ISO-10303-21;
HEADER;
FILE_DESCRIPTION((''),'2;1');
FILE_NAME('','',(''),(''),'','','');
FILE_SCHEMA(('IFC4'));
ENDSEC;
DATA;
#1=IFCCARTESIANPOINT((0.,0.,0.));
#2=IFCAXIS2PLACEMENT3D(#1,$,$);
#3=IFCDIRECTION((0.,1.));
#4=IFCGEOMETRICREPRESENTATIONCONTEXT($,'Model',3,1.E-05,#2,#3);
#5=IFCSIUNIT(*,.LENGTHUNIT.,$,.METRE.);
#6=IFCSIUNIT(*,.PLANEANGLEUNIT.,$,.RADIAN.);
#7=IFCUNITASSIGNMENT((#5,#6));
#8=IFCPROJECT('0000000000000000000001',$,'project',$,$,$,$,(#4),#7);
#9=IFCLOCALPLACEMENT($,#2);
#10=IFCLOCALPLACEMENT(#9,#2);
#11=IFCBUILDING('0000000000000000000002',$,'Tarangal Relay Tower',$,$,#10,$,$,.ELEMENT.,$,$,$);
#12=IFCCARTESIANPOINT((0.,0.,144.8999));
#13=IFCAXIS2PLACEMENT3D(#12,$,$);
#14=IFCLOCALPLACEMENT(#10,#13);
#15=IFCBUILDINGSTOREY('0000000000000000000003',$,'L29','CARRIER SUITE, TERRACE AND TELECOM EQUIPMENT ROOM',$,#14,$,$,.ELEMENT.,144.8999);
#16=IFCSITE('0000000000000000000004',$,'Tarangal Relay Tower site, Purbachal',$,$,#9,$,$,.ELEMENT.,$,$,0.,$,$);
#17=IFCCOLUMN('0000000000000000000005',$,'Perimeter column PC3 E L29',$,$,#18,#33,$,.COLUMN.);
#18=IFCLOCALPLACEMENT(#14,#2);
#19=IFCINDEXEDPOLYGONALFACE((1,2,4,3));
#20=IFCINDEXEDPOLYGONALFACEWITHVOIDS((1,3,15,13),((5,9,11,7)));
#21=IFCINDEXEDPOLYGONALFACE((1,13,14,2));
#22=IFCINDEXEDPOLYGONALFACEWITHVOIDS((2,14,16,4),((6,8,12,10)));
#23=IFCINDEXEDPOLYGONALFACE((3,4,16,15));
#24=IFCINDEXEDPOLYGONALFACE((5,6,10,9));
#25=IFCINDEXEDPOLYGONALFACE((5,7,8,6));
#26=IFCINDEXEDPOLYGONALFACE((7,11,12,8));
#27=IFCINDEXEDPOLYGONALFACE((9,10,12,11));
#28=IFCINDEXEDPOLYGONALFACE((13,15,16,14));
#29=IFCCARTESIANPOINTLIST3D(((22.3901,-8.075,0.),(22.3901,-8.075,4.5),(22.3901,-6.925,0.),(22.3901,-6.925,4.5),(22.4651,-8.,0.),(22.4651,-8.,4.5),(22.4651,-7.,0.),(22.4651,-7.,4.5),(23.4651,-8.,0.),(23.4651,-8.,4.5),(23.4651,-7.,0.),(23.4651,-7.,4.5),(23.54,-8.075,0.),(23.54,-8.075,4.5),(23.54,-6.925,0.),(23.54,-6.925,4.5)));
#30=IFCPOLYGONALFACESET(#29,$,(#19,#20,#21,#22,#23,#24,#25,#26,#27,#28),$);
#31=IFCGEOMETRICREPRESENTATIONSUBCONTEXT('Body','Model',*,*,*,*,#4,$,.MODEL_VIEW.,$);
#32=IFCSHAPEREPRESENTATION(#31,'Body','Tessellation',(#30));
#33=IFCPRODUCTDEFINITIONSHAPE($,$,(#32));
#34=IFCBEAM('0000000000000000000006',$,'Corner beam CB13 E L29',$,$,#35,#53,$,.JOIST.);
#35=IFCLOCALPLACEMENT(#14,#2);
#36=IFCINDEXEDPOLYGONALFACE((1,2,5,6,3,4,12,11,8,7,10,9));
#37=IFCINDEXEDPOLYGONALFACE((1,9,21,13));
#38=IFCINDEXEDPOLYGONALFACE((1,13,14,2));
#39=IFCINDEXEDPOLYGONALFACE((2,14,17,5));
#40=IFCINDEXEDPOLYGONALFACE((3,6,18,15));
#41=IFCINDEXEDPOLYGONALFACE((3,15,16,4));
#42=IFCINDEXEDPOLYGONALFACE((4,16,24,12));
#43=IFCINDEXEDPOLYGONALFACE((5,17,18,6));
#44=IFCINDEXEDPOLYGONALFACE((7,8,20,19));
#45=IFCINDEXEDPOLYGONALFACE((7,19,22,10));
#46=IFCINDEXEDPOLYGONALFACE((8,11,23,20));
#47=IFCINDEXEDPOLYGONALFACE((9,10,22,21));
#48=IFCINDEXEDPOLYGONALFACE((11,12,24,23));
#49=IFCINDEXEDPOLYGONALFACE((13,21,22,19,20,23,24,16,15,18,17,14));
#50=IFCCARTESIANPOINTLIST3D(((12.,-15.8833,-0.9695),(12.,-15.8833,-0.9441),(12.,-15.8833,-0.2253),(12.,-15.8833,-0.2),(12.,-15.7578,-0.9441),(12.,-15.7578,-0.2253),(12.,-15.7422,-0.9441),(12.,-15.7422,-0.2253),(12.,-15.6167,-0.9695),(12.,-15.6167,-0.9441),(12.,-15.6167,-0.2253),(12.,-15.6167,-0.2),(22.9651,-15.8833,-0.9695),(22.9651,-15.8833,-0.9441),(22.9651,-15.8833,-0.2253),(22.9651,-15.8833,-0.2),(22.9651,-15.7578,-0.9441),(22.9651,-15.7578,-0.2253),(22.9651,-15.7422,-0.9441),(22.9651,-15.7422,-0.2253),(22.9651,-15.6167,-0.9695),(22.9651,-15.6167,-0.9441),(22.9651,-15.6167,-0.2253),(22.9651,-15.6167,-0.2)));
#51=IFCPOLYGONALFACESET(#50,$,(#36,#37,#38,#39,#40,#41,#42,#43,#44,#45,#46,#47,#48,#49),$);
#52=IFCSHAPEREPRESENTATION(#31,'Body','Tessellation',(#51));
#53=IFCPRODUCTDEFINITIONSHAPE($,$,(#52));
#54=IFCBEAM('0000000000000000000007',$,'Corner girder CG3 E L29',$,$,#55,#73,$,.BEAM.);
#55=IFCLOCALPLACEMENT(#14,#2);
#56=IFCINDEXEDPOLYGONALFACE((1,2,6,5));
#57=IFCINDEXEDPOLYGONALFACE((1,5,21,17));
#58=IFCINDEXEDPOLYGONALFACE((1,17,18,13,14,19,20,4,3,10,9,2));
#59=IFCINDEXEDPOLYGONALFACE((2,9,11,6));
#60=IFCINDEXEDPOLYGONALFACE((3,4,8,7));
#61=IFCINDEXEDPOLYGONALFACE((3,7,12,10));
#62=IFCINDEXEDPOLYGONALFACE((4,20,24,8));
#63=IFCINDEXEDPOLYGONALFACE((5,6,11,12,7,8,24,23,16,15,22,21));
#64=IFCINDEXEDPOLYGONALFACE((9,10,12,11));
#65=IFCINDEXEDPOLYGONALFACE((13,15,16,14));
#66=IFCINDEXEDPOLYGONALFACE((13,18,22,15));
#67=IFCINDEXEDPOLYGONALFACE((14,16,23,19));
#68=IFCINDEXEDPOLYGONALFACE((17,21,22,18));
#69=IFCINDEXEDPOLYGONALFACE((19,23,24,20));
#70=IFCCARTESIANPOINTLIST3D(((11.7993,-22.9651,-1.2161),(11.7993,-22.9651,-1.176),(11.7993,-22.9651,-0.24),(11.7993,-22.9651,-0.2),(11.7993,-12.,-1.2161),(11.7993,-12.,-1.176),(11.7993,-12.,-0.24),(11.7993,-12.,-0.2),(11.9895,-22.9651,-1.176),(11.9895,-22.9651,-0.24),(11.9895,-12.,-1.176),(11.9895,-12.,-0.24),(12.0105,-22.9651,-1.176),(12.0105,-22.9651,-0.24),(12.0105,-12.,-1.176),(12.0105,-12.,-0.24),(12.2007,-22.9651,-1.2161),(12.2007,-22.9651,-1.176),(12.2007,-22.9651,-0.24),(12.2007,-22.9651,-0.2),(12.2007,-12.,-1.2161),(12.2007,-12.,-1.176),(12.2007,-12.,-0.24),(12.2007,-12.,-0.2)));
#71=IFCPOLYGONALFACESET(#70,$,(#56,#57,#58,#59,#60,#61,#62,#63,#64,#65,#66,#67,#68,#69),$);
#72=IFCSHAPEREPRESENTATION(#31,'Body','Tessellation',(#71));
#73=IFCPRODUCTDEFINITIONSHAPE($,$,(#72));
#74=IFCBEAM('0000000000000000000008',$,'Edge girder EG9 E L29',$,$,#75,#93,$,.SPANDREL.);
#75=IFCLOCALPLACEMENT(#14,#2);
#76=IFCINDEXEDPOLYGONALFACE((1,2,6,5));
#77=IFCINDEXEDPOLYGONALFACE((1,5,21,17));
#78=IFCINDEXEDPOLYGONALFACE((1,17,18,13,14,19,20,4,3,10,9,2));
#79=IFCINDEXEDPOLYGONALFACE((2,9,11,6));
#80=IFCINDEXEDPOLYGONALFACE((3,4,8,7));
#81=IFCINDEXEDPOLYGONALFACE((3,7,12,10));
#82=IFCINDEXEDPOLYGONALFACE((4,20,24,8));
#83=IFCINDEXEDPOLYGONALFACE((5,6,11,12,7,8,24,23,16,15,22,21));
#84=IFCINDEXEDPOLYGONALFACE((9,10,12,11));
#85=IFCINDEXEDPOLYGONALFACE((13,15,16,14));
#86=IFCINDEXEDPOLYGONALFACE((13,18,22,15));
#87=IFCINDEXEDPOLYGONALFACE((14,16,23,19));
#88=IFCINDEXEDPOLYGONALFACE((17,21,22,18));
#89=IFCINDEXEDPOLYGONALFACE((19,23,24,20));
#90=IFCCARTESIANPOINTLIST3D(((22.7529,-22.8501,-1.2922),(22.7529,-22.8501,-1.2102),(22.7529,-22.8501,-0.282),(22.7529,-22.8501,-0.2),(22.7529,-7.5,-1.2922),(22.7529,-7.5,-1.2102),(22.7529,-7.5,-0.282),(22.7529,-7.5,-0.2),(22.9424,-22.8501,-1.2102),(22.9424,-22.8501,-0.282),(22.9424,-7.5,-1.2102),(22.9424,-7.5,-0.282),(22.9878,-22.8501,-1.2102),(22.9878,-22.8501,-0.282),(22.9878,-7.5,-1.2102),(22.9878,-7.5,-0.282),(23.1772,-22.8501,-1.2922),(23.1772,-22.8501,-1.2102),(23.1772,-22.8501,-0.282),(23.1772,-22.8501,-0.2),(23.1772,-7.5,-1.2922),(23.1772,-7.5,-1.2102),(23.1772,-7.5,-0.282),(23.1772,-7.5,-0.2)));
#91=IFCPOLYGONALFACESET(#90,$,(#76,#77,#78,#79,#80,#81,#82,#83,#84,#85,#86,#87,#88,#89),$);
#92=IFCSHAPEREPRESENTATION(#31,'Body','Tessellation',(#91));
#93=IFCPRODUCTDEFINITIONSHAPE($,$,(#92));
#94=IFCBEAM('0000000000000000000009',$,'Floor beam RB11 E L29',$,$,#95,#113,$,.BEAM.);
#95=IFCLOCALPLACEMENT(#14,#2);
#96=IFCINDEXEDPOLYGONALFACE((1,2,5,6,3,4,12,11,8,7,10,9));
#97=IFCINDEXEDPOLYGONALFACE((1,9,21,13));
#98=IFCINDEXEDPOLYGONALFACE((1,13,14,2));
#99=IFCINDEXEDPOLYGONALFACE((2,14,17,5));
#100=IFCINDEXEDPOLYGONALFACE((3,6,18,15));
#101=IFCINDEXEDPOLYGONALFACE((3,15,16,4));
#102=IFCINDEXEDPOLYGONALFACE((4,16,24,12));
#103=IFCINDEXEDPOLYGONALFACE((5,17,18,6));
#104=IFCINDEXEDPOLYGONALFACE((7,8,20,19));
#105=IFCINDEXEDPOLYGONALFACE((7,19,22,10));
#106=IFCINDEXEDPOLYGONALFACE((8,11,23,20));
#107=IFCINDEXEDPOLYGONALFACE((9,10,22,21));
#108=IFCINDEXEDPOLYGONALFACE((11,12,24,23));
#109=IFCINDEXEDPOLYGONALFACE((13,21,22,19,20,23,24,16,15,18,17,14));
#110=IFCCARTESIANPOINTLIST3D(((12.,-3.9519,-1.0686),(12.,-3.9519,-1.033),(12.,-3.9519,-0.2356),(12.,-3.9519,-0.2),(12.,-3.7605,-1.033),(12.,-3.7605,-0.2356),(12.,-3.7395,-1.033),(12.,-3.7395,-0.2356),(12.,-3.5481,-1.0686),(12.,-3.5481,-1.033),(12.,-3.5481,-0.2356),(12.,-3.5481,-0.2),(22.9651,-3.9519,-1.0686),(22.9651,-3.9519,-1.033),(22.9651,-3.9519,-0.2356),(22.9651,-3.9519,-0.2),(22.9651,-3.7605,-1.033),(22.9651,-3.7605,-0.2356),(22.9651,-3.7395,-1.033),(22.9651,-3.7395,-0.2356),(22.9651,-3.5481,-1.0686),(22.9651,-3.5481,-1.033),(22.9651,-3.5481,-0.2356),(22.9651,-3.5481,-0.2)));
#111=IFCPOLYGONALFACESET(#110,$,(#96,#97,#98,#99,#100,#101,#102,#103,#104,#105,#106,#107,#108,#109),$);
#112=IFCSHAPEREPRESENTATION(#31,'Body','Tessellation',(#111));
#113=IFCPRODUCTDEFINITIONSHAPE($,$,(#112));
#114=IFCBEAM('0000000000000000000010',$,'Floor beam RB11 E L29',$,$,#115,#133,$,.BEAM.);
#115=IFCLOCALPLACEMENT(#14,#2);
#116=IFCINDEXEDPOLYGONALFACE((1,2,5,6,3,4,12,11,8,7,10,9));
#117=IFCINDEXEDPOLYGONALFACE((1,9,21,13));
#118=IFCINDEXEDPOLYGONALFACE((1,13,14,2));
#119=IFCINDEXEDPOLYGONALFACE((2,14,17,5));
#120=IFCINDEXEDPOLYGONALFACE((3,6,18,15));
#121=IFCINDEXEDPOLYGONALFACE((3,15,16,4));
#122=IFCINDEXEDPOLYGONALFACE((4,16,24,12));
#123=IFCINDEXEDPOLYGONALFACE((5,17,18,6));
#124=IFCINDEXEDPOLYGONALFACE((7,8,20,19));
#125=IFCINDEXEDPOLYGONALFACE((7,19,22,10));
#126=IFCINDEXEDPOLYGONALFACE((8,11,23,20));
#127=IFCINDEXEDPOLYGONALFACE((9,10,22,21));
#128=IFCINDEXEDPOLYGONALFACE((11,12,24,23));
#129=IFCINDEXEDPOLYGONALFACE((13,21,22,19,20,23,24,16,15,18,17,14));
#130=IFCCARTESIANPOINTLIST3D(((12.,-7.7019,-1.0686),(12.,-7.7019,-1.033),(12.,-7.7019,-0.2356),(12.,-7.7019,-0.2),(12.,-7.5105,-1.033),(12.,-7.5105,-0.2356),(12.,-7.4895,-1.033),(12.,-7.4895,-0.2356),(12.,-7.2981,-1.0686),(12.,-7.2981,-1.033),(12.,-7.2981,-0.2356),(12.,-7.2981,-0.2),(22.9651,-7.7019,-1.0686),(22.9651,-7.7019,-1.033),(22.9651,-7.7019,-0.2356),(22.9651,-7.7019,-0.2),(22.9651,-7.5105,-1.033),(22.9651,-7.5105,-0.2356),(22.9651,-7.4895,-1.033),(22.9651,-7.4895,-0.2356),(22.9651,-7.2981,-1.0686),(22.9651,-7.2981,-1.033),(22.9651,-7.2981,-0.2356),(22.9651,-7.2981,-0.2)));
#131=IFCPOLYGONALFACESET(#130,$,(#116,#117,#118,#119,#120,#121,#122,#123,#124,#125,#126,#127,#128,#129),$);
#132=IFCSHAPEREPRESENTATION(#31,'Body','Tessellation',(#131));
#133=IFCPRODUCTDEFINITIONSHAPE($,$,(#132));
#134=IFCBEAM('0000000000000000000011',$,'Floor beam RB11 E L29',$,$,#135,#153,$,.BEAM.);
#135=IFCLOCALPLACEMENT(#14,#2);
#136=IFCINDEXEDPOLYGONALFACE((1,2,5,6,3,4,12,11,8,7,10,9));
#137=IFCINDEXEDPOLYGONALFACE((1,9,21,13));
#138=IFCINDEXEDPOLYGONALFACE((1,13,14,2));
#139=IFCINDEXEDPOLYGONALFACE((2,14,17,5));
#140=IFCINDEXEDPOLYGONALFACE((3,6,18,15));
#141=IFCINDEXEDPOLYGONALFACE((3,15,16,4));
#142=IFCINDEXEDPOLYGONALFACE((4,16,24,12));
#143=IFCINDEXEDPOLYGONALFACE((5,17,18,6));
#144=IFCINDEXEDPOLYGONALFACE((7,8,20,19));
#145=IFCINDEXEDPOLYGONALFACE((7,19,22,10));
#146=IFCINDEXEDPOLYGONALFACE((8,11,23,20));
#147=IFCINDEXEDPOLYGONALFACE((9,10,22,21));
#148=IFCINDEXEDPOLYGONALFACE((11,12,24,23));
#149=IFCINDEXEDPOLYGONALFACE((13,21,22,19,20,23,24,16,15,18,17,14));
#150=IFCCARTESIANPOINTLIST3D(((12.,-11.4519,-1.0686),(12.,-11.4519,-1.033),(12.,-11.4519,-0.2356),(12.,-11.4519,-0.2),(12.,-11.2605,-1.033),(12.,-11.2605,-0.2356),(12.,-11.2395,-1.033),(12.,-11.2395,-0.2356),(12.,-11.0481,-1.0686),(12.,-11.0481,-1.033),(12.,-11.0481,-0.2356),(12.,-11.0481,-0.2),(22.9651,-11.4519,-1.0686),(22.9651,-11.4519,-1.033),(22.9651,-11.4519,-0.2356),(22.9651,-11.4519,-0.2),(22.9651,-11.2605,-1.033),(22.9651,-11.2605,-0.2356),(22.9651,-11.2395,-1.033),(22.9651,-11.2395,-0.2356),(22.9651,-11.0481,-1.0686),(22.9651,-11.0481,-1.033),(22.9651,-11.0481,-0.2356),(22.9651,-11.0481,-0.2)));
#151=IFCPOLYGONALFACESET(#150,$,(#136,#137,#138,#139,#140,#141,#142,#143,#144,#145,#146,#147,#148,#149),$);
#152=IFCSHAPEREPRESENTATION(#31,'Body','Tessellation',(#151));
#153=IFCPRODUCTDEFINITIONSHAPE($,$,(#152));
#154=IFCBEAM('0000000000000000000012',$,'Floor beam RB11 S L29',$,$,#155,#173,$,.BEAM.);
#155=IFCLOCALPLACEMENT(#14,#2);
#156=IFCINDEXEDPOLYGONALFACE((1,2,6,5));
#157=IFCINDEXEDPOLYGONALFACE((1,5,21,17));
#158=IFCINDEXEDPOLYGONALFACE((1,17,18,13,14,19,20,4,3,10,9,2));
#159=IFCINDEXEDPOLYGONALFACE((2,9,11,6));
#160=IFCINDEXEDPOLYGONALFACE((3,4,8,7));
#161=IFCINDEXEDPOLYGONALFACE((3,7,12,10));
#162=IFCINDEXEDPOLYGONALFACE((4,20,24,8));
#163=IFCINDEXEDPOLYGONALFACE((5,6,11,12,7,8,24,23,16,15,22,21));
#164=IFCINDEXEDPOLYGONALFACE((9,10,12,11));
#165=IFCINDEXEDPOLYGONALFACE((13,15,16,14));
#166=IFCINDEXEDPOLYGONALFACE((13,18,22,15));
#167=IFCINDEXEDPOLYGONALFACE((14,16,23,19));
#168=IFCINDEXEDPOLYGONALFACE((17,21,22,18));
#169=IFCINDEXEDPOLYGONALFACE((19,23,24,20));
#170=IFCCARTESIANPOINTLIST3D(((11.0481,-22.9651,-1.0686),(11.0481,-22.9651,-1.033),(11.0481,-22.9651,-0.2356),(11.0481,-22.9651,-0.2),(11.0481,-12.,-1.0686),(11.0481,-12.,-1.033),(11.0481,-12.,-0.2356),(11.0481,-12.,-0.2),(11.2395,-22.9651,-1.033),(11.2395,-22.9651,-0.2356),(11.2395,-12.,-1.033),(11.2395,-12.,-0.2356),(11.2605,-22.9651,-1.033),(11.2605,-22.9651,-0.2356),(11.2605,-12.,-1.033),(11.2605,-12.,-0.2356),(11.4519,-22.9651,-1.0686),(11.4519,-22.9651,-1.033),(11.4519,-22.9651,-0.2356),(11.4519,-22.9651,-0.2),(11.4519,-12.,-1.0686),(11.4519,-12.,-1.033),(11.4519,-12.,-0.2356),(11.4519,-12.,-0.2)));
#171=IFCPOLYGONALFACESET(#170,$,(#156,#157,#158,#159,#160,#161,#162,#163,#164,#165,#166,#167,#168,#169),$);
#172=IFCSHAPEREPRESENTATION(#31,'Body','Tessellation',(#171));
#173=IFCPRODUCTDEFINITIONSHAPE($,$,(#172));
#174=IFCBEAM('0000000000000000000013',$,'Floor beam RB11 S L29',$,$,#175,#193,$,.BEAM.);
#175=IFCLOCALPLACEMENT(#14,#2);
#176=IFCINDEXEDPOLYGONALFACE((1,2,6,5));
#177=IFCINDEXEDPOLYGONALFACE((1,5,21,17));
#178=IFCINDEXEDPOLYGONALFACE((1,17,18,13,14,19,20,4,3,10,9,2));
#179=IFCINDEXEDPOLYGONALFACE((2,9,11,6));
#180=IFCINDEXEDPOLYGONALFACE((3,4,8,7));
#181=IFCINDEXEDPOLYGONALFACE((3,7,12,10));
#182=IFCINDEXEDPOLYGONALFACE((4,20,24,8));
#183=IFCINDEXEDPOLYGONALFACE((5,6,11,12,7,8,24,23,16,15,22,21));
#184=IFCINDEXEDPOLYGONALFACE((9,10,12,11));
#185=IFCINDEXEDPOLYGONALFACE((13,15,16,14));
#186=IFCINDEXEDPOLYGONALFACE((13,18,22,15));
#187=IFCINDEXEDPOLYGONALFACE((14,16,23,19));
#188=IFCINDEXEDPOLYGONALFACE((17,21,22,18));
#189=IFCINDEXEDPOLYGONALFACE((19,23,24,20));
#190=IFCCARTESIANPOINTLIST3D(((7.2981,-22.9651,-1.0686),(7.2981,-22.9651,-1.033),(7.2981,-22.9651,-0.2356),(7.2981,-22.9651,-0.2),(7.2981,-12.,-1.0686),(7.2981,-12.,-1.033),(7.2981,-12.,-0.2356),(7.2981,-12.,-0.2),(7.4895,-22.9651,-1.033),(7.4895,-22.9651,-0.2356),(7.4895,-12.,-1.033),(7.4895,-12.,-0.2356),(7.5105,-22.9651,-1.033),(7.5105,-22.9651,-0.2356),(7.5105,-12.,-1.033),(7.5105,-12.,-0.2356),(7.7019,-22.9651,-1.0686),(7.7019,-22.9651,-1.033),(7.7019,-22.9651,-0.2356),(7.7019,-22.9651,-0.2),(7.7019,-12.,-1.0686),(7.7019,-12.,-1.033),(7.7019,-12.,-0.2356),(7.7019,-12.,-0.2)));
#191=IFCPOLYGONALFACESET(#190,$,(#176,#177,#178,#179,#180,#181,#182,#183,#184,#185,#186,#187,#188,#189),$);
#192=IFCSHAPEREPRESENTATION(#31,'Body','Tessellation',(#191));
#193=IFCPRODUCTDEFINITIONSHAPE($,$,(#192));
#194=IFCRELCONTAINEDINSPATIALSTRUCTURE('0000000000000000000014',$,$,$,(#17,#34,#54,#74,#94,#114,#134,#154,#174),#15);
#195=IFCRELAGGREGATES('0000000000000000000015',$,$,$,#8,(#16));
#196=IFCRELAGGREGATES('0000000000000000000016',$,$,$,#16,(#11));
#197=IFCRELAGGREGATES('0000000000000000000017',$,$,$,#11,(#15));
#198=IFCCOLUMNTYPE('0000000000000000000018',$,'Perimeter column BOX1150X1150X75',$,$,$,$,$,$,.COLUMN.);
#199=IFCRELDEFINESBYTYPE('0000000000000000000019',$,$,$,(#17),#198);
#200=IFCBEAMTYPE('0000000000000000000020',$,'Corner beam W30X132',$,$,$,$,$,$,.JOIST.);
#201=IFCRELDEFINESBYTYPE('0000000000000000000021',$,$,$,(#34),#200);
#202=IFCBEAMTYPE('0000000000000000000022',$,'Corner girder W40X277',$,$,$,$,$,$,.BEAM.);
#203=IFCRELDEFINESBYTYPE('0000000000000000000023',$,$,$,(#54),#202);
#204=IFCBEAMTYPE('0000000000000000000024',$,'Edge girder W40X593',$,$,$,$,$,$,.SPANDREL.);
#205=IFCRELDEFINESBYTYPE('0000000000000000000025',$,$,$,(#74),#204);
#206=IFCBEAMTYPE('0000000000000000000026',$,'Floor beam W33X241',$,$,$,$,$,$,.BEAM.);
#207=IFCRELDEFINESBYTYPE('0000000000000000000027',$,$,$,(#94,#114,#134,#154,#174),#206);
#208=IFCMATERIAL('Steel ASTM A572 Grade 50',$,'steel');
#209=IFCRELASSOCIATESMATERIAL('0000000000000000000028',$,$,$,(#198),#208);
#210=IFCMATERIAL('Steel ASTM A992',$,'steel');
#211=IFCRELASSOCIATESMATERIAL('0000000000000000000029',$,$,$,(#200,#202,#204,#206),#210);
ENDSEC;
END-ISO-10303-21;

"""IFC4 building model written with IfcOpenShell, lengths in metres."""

from ifc_helpers import new_model, si_unit, direction, frame, origin, origin_2d, place, context, subcontext, project, spatial, hollow_rectangle, i_section, extrude, material, material_profile, profile_set, type_object, element, save


model = new_model("IFC4")

# Units and contexts
model_context = context("Model", 3, precision=1e-05, world=origin(), true_north=direction((0.0, 1.0)))
body_context = subcontext(model_context, "Body", "Model", "MODEL_VIEW")
ifc_project = project(units=[si_unit("LENGTHUNIT", "METRE"), si_unit("PLANEANGLEUNIT", "RADIAN")], contexts=[model_context])

# Site, building, storey
site_placement = place(None, origin())
site = spatial("IfcSite", under=ifc_project, at=site_placement, Name="Tarangal Relay Tower site, Purbachal", CompositionType="ELEMENT", RefElevation=0.0)
building_placement = place(site_placement, origin())
building = spatial("IfcBuilding", under=site, at=building_placement, Name="Tarangal Relay Tower", CompositionType="ELEMENT")
storey_placement = place(building_placement, frame((0.0, 0.0, 144.8999)))
storey = spatial("IfcBuildingStorey", under=building, at=storey_placement, Name="L29", Description="CARRIER SUITE, TERRACE AND TELECOM EQUIPMENT ROOM", CompositionType="ELEMENT", Elevation=144.8999)

# Column
ifc_material_1 = material(Name="Steel ASTM A572 Grade 50", Category="steel")
ifc_material_profile_1 = material_profile(ifc_material_1, hollow_rectangle(XDim=1.1499, YDim=1.1499, WallThickness=0.075, at=origin_2d()), Name="BOX1150X1150X75")
ifc_profile_set_1 = profile_set([ifc_material_profile_1], Name="Steel ASTM A572 Grade 50")
column_type = type_object("IfcColumnType", Name="Perimeter column BOX1150X1150X75", PredefinedType="COLUMN", material=ifc_profile_set_1)
column_placement = place(storey_placement, frame((22.9651, -7.5, 0.0), z_axis=(0.0, 0.0, 1.0), x_axis=(1.0, 0.0, 0.0)))
element("IfcColumn", 1, at=column_placement, inside=storey, type_object=column_type, Name="Perimeter column PC3 E L29", PredefinedType="COLUMN", context=body_context, shape_type="SweptSolid", body=[
    extrude(hollow_rectangle(XDim=1.1499, YDim=1.1499, WallThickness=0.075, at=origin_2d()), origin(), (0.0, 0.0, 1.0), 4.5),
])

# Beams
ifc_material_2 = material(Name="Steel ASTM A992", Category="steel")
ifc_material_profile_2 = material_profile(ifc_material_2, i_section(OverallWidth=0.2666, OverallDepth=0.7695, WebThickness=0.0156, FlangeThickness=0.0254, at=origin_2d()), Name="W30X132")
ifc_profile_set_2 = profile_set([ifc_material_profile_2], Name="Steel ASTM A992")
beam_type_1 = type_object("IfcBeamType", Name="Corner beam W30X132", PredefinedType="JOIST", material=ifc_profile_set_2)
beam_1_placement = place(storey_placement, frame((12.0, -15.75, -0.5847), z_axis=(1.0, 0.0, 0.0), x_axis=(0.0, 1.0, 0.0)))
element("IfcBeam", 2, at=beam_1_placement, inside=storey, type_object=beam_type_1, Name="Corner beam CB13 E L29", PredefinedType="JOIST", context=body_context, shape_type="SweptSolid", body=[
    extrude(i_section(OverallWidth=0.2666, OverallDepth=0.7695, WebThickness=0.0156, FlangeThickness=0.0254, at=origin_2d()), origin(), (0.0, 0.0, 1.0), 10.9651),
])
ifc_material_profile_3 = material_profile(ifc_material_2, i_section(OverallWidth=0.4014, OverallDepth=1.0161, WebThickness=0.021, FlangeThickness=0.04, at=origin_2d()), Name="W40X277")
ifc_profile_set_3 = profile_set([ifc_material_profile_3], Name="Steel ASTM A992")
beam_type_2 = type_object("IfcBeamType", Name="Corner girder W40X277", PredefinedType="BEAM", material=ifc_profile_set_3)
beam_2_placement = place(storey_placement, frame((12.0, -12.0, -0.708), z_axis=(0.0, -1.0, 0.0), x_axis=(1.0, 0.0, 0.0)))
element("IfcBeam", 3, at=beam_2_placement, inside=storey, type_object=beam_type_2, Name="Corner girder CG3 E L29", PredefinedType="BEAM", context=body_context, shape_type="SweptSolid", body=[
    extrude(i_section(OverallWidth=0.4014, OverallDepth=1.0161, WebThickness=0.021, FlangeThickness=0.04, at=origin_2d()), origin(), (0.0, 0.0, 1.0), 10.9651),
])
ifc_material_profile_4 = material_profile(ifc_material_2, i_section(OverallWidth=0.4243, OverallDepth=1.0923, WebThickness=0.0454, FlangeThickness=0.082, at=origin_2d()), Name="W40X593")
ifc_profile_set_4 = profile_set([ifc_material_profile_4], Name="Steel ASTM A992")
beam_type_3 = type_object("IfcBeamType", Name="Edge girder W40X593", PredefinedType="SPANDREL", material=ifc_profile_set_4)
beam_3_placement = place(storey_placement, frame((22.9651, -7.5, -0.7461), z_axis=(0.0, -1.0, 0.0), x_axis=(1.0, 0.0, 0.0)))
element("IfcBeam", 4, at=beam_3_placement, inside=storey, type_object=beam_type_3, Name="Edge girder EG9 E L29", PredefinedType="SPANDREL", context=body_context, shape_type="SweptSolid", body=[
    extrude(i_section(OverallWidth=0.4243, OverallDepth=1.0923, WebThickness=0.0454, FlangeThickness=0.082, at=origin_2d()), origin(), (0.0, 0.0, 1.0), 15.3501),
])
ifc_material_profile_5 = material_profile(ifc_material_2, i_section(OverallWidth=0.4038, OverallDepth=0.8687, WebThickness=0.021, FlangeThickness=0.0356, at=origin_2d()), Name="W33X241")
ifc_profile_set_5 = profile_set([ifc_material_profile_5], Name="Steel ASTM A992")
beam_type_4 = type_object("IfcBeamType", Name="Floor beam W33X241", PredefinedType="BEAM", material=ifc_profile_set_5)
for number, where, z_axis, x_axis, name in (
    (5, (12.0, -3.75, -0.6343), (1.0, 0.0, 0.0), (0.0, 1.0, 0.0), "Floor beam RB11 E L29"),
    (6, (12.0, -7.5, -0.6343), (1.0, 0.0, 0.0), (0.0, 1.0, 0.0), "Floor beam RB11 E L29"),
    (7, (12.0, -11.25, -0.6343), (1.0, 0.0, 0.0), (0.0, 1.0, 0.0), "Floor beam RB11 E L29"),
    (8, (11.25, -12.0, -0.6343), (0.0, -1.0, 0.0), (1.0, 0.0, 0.0), "Floor beam RB11 S L29"),
    (9, (7.5, -12.0, -0.6343), (0.0, -1.0, 0.0), (1.0, 0.0, 0.0), "Floor beam RB11 S L29"),
):
    element("IfcBeam", number, at=place(storey_placement, frame(where, z_axis=z_axis, x_axis=x_axis)), inside=storey, type_object=beam_type_4, Name=name, PredefinedType="BEAM", context=body_context, shape_type="SweptSolid", body=[
        extrude(i_section(OverallWidth=0.4038, OverallDepth=0.8687, WebThickness=0.021, FlangeThickness=0.0356, at=origin_2d()), origin(), (0.0, 0.0, 1.0), 10.9651),
    ])

save(model, "model.ifc")
